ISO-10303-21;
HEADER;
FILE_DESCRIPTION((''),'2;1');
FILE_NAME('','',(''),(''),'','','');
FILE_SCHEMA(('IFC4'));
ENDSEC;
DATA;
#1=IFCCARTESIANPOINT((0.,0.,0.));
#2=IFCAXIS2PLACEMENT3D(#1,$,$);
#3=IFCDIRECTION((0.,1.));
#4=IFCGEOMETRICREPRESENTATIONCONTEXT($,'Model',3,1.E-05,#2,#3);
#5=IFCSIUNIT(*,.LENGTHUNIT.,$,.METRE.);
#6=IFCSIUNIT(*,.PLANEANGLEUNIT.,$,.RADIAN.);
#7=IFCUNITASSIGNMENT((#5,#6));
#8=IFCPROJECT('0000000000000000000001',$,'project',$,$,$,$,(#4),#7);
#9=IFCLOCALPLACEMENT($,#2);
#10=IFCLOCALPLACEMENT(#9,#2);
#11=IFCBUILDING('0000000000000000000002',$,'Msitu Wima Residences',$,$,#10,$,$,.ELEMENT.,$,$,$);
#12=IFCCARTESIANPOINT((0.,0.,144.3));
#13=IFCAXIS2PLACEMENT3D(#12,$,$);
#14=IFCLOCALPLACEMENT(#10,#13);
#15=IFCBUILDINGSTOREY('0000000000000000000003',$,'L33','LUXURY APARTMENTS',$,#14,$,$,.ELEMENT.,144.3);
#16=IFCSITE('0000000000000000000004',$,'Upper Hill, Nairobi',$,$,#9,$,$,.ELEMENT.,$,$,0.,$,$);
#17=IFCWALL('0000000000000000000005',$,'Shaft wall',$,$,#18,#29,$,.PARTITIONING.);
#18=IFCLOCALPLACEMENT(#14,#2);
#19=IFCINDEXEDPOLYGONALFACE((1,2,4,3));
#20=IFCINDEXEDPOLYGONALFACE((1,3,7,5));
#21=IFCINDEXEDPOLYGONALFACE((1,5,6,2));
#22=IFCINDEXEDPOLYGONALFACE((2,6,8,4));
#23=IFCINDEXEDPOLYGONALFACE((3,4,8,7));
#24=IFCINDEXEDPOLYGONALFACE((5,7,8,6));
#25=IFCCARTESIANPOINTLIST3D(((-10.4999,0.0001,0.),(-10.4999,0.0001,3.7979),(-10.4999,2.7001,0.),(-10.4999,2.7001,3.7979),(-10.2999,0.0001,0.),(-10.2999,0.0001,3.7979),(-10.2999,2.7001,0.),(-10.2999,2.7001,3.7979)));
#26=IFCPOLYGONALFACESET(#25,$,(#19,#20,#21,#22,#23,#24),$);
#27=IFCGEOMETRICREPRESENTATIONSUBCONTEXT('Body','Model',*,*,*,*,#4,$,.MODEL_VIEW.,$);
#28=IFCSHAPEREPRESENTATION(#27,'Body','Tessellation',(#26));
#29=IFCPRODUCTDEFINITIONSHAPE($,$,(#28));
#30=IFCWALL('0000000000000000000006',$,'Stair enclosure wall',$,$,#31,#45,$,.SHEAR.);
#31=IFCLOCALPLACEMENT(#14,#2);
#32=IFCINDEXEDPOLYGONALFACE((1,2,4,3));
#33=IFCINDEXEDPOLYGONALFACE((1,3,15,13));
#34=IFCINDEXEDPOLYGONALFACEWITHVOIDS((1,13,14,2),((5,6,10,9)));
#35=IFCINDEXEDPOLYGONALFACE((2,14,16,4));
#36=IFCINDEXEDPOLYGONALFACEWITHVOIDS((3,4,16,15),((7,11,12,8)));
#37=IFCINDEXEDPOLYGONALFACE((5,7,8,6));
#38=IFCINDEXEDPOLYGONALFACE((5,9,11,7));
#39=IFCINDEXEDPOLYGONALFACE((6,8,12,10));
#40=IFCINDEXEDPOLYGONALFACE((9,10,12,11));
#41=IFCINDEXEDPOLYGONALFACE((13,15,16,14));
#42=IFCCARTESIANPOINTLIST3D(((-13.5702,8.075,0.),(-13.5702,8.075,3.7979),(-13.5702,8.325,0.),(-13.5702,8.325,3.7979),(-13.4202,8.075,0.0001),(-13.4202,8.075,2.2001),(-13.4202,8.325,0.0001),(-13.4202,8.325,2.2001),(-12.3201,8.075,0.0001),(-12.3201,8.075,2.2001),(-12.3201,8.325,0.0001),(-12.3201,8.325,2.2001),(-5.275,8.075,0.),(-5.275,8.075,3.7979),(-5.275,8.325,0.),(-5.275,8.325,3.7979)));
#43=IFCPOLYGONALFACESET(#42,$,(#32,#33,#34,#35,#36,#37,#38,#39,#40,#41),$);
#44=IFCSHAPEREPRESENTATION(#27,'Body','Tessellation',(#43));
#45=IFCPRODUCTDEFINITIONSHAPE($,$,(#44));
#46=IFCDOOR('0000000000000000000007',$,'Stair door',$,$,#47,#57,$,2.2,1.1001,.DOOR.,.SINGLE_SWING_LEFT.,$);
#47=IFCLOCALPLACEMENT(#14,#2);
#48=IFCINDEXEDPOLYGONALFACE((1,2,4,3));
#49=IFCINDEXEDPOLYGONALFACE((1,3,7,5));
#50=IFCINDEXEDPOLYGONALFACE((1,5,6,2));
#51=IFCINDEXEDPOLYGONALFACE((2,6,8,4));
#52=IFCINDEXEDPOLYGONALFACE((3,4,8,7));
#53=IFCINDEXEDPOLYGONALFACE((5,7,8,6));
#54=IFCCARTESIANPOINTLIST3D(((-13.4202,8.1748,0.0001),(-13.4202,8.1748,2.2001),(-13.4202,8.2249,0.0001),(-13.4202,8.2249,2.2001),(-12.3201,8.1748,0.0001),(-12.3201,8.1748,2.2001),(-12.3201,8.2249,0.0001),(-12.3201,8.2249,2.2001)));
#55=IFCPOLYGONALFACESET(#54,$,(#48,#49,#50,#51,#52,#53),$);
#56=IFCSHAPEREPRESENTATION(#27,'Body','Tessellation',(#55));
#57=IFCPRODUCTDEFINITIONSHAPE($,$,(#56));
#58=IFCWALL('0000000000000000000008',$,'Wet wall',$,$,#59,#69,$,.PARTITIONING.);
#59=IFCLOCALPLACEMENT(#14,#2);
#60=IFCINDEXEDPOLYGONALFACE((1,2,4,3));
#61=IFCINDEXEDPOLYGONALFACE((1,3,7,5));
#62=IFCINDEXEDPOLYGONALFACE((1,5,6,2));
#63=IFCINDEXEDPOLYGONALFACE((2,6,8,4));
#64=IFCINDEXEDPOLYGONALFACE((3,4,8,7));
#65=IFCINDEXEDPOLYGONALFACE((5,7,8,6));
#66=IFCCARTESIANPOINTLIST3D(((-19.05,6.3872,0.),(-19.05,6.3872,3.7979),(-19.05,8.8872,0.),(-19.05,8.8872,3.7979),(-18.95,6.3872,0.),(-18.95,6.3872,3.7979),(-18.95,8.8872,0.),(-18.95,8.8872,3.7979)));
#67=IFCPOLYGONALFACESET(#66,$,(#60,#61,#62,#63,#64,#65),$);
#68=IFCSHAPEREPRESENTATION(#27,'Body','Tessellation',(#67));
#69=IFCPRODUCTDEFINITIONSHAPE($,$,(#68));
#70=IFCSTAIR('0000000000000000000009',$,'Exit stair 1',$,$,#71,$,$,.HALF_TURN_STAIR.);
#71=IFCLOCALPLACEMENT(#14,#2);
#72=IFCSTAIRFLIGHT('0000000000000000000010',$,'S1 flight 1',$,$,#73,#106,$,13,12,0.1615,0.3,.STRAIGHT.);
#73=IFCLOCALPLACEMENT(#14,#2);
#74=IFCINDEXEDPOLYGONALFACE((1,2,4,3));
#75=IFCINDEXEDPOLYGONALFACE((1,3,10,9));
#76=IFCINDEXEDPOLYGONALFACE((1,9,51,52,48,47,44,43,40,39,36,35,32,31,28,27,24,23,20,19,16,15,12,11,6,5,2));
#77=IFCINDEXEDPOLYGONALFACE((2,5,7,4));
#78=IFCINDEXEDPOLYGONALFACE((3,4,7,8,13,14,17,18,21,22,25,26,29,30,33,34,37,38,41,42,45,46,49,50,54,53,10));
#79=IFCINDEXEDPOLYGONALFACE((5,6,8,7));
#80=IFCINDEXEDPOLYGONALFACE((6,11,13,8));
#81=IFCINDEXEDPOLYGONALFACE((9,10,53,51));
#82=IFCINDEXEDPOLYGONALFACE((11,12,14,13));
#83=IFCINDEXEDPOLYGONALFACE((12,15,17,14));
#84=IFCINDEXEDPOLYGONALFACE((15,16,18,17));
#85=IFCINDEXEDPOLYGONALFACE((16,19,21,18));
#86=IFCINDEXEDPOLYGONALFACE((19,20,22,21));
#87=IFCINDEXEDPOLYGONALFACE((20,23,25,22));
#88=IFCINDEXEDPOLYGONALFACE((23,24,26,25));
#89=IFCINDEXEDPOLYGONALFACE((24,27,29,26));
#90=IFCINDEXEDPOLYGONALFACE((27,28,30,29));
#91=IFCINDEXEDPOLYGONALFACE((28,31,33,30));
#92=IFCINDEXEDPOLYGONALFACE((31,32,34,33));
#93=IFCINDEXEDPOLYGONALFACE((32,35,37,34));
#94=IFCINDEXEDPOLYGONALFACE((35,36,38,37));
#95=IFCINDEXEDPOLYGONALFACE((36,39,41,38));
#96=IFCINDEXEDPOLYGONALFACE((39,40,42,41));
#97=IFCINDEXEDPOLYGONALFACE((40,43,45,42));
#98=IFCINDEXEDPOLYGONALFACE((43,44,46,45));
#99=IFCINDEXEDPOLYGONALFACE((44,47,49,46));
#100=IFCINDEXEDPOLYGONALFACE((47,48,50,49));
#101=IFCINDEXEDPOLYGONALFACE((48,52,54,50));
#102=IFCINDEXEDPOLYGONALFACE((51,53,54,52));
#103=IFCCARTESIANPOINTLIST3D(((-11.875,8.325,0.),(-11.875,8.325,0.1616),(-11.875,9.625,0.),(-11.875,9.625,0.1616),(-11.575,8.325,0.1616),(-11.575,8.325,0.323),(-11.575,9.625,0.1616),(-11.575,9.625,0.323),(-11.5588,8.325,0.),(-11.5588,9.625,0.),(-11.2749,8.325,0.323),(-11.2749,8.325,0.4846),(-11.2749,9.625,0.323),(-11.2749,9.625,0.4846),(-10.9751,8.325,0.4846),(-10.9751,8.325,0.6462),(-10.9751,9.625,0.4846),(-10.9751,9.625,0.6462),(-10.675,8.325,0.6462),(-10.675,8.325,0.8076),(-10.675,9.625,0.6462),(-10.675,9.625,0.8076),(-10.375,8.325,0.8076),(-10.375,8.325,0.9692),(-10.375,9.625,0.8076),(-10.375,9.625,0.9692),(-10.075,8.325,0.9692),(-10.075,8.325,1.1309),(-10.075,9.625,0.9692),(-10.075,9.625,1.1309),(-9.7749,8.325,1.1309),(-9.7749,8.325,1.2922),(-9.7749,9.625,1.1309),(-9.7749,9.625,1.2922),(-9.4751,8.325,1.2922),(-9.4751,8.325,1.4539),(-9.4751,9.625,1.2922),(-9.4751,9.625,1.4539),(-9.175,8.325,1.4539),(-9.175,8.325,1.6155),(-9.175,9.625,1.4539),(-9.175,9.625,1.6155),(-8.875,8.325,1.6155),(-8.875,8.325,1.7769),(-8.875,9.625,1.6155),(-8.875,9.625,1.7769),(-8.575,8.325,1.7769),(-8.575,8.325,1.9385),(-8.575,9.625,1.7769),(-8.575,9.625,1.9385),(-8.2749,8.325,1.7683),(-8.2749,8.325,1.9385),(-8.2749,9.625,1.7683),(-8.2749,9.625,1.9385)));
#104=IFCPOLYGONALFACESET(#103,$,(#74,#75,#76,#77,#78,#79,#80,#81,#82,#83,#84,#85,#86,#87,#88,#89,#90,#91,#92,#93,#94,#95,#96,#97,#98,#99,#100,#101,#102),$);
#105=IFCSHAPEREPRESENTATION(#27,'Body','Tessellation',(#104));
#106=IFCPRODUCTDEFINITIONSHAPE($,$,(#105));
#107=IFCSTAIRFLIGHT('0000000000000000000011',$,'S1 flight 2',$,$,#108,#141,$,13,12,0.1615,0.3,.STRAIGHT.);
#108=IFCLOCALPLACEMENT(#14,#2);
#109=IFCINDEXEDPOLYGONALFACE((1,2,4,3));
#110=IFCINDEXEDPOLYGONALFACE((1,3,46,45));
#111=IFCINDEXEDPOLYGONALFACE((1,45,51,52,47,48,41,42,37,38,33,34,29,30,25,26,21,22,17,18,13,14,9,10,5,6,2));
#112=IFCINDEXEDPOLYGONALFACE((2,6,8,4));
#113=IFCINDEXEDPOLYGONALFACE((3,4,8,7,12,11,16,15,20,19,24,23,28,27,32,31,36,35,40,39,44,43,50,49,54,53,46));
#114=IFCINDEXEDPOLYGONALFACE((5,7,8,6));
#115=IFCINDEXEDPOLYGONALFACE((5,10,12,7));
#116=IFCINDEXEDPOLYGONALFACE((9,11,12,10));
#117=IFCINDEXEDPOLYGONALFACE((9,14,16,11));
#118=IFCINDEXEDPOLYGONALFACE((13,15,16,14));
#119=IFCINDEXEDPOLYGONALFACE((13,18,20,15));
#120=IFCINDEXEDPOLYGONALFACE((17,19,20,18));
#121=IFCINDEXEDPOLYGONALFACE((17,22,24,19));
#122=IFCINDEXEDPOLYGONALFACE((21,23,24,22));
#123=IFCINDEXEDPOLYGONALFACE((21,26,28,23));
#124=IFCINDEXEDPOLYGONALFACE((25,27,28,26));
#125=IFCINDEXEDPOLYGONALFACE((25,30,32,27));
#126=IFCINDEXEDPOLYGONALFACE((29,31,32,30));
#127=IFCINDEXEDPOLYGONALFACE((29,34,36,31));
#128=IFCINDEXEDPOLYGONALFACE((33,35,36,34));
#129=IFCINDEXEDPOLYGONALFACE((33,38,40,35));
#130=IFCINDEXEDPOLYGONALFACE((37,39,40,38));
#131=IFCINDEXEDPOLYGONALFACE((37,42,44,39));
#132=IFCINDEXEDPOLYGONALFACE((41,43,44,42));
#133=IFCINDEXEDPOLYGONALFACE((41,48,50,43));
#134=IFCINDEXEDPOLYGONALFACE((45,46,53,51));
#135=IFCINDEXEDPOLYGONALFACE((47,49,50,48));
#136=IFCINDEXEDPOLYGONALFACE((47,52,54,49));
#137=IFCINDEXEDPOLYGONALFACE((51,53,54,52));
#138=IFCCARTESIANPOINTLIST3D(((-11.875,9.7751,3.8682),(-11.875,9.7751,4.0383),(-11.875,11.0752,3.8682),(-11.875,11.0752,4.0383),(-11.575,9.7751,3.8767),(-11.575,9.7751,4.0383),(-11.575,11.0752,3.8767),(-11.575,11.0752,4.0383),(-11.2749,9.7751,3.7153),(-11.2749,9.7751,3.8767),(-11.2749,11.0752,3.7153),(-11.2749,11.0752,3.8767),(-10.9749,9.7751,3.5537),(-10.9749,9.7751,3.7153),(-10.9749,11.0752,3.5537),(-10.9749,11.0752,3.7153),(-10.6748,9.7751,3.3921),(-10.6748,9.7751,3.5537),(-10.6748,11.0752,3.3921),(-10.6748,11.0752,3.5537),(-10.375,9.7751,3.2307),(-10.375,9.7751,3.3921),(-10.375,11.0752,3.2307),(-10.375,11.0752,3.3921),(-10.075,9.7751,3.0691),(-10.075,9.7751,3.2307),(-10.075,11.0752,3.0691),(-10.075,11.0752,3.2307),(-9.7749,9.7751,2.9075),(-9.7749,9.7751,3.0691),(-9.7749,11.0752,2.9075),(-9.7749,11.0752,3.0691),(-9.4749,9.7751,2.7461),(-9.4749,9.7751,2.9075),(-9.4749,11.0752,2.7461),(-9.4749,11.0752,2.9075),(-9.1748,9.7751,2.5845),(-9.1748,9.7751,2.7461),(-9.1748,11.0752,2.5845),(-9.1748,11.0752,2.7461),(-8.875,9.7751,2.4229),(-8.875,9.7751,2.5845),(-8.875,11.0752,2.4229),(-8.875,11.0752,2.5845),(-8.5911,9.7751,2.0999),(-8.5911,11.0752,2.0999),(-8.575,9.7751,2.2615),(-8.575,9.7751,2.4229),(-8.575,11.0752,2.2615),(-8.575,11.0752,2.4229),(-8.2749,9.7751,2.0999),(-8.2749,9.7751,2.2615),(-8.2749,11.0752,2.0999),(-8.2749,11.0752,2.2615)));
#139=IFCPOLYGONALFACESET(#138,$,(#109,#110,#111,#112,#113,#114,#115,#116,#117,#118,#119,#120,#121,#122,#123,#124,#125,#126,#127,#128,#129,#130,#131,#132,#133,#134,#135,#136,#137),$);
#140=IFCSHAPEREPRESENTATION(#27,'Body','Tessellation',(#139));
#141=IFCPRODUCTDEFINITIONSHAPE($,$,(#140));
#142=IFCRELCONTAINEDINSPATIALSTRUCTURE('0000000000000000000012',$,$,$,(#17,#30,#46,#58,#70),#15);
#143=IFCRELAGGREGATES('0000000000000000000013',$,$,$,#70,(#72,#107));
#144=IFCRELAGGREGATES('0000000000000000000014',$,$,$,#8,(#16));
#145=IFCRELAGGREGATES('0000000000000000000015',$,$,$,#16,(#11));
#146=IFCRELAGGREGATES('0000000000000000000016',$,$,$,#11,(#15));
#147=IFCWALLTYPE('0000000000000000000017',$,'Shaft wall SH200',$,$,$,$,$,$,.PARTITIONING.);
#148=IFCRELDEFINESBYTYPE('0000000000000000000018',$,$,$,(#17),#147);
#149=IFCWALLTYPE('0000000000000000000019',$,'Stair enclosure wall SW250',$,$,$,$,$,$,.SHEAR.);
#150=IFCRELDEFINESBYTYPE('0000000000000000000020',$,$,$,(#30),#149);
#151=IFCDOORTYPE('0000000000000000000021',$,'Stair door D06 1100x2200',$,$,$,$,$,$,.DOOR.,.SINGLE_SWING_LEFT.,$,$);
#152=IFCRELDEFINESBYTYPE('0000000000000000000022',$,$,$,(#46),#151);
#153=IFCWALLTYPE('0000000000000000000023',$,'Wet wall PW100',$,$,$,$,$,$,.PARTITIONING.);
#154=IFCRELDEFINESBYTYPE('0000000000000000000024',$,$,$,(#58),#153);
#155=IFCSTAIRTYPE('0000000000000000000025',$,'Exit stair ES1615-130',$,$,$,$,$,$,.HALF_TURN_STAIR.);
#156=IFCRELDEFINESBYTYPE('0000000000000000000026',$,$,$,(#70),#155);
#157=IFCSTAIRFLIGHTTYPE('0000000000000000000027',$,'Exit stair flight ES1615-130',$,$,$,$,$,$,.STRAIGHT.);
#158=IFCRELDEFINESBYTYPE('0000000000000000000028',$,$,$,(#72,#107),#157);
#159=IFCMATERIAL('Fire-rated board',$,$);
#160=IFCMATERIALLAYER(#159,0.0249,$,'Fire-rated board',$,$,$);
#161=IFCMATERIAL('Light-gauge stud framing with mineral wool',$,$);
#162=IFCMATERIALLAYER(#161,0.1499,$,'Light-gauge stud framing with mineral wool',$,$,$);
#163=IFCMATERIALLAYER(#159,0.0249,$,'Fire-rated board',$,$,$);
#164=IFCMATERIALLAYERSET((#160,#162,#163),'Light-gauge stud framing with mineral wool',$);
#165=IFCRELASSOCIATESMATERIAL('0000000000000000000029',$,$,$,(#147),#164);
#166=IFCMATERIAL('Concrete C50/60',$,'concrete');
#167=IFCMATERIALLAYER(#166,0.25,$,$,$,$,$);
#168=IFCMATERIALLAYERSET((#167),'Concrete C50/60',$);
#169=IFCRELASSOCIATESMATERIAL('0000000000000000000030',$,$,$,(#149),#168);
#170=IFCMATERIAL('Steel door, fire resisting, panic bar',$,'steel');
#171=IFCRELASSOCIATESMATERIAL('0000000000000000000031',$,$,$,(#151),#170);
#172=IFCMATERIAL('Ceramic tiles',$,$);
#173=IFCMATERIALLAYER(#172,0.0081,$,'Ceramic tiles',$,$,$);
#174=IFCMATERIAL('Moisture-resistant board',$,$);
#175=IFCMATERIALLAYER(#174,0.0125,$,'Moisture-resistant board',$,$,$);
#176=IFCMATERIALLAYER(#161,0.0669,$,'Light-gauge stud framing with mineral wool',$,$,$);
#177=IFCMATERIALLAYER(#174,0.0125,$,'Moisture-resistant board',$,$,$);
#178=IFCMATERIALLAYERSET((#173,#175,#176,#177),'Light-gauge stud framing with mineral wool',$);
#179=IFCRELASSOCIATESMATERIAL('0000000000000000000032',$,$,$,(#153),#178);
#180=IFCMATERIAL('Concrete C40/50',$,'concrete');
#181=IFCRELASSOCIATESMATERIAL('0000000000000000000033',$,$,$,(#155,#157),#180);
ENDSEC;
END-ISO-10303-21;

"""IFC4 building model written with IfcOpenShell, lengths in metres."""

from ifc_helpers import new_model, si_unit, direction, frame, frame_2d, origin, place, context, subcontext, project, spatial, polyline, rectangle, outline, extrude, material, layer, layer_set, type_object, element, fill, aggregate, save


model = new_model("IFC4")

# Units and contexts
model_context = context("Model", 3, precision=1e-05, world=origin(), true_north=direction((0.0, 1.0)))
body_context = subcontext(model_context, "Body", "Model", "MODEL_VIEW")
ifc_project = project(units=[si_unit("LENGTHUNIT", "METRE"), si_unit("PLANEANGLEUNIT", "RADIAN")], contexts=[model_context])

# Site, building, storey
site_placement = place(None, origin())
site = spatial("IfcSite", under=ifc_project, at=site_placement, Name="Upper Hill, Nairobi", CompositionType="ELEMENT", RefElevation=0.0)
building_placement = place(site_placement, origin())
building = spatial("IfcBuilding", under=site, at=building_placement, Name="Msitu Wima Residences", CompositionType="ELEMENT")
storey_placement = place(building_placement, frame((0.0, 0.0, 144.3)))
storey = spatial("IfcBuildingStorey", under=building, at=storey_placement, Name="L33", Description="LUXURY APARTMENTS", CompositionType="ELEMENT", Elevation=144.3)

# Shared definitions
ifc_material_1 = material(Name="Fire-rated board")
ifc_layer_1 = layer(ifc_material_1, 0.0249, Name="Fire-rated board")
ifc_material_2 = material(Name="Light-gauge stud framing with mineral wool")
ifc_layer_2 = layer(ifc_material_2, 0.1499, Name="Light-gauge stud framing with mineral wool")
ifc_layer_3 = layer(ifc_material_1, 0.0249, Name="Fire-rated board")
ifc_layer_set_1 = layer_set([ifc_layer_1, ifc_layer_2, ifc_layer_3], Name="Light-gauge stud framing with mineral wool")
wall_type_1 = type_object("IfcWallType", Name="Shaft wall SH200", PredefinedType="PARTITIONING", material=ifc_layer_set_1)

# Wall
wall_1_placement = place(storey_placement, frame((-10.3999, 0.0, 0.0), z_axis=(0.0, 0.0, 1.0), x_axis=(0.0, 1.0, 0.0)))
element("IfcWall", 1, at=wall_1_placement, inside=storey, type_object=wall_type_1, Name="Shaft wall", PredefinedType="PARTITIONING", context=body_context, shape_type="SweptSolid", body=[
    extrude(rectangle(XDim=2.7, YDim=0.2, at=frame_2d((1.3501, 0.0))), origin(), (0.0, 0.0, 1.0), 3.7979),
])

# Wall, opening, door
ifc_material_3 = material(Name="Concrete C50/60", Category="concrete")
ifc_layer_4 = layer(ifc_material_3, 0.25)
ifc_layer_set_2 = layer_set([ifc_layer_4], Name="Concrete C50/60")
wall_type_2 = type_object("IfcWallType", Name="Stair enclosure wall SW250", PredefinedType="SHEAR", material=ifc_layer_set_2)
wall_2_placement = place(storey_placement, frame((-13.5701, 8.2, 0.0), z_axis=(0.0, 0.0, 1.0), x_axis=(1.0, 0.0, 0.0)))
wall_2 = element("IfcWall", 2, at=wall_2_placement, inside=storey, type_object=wall_type_2, Name="Stair enclosure wall", PredefinedType="SHEAR", context=body_context, shape_type="SweptSolid", body=[
    extrude(rectangle(XDim=8.2952, YDim=0.25, at=frame_2d((4.1475, 0.0))), origin(), (0.0, 0.0, 1.0), 3.7979),
])
opening_1_placement = place(wall_2_placement, frame((0.1499, 0.0, 0.0)))
opening_1 = element("IfcOpeningElement", 3, at=opening_1_placement, cuts=wall_2, PredefinedType="OPENING", context=body_context, shape_type="SweptSolid", body=[
    extrude(rectangle(XDim=1.1001, YDim=2.2, at=frame_2d((0.55, 1.1001))), frame((0.0, 0.135, 0.0), z_axis=(0.0, -1.0, 0.0), x_axis=(1.0, 0.0, 0.0)), (0.0, 0.0, 1.0), 0.27),
])
ifc_material_4 = material(Name="Steel door, fire resisting, panic bar", Category="steel")
door_type_1 = type_object("IfcDoorType", Name="Stair door D06 1100x2200", OperationType="SINGLE_SWING_LEFT", PredefinedType="DOOR", material=ifc_material_4)
door_1_placement = place(opening_1_placement, origin())
door_1 = element("IfcDoor", 4, at=door_1_placement, inside=storey, type_object=door_type_1, Name="Stair door", OperationType="SINGLE_SWING_LEFT", OverallHeight=2.2, OverallWidth=1.1001, PredefinedType="DOOR", context=body_context, shape_type="SweptSolid", body=[
    extrude(rectangle(XDim=1.1001, YDim=2.2, at=frame_2d((0.55, 1.1001))), frame((0.0, 0.0249, 0.0), z_axis=(0.0, -1.0, 0.0), x_axis=(1.0, 0.0, 0.0)), (0.0, 0.0, 1.0), 0.05),
])
fill(opening_1, door_1)

# Wall
ifc_material_5 = material(Name="Ceramic tiles")
ifc_layer_5 = layer(ifc_material_5, 0.0081, Name="Ceramic tiles")
ifc_material_6 = material(Name="Moisture-resistant board")
ifc_layer_6 = layer(ifc_material_6, 0.0125, Name="Moisture-resistant board")
ifc_layer_7 = layer(ifc_material_2, 0.0669, Name="Light-gauge stud framing with mineral wool")
ifc_layer_8 = layer(ifc_material_6, 0.0125, Name="Moisture-resistant board")
ifc_layer_set_3 = layer_set([ifc_layer_5, ifc_layer_6, ifc_layer_7, ifc_layer_8], Name="Light-gauge stud framing with mineral wool")
wall_type_3 = type_object("IfcWallType", Name="Wet wall PW100", PredefinedType="PARTITIONING", material=ifc_layer_set_3)
wall_3_placement = place(storey_placement, frame((-19.0, 6.3872, 0.0), z_axis=(0.0, 0.0, 1.0), x_axis=(0.0, 1.0, 0.0)))
element("IfcWall", 5, at=wall_3_placement, inside=storey, type_object=wall_type_3, Name="Wet wall", PredefinedType="PARTITIONING", context=body_context, shape_type="SweptSolid", body=[
    extrude(rectangle(XDim=2.5, YDim=0.1001, at=frame_2d((1.25, 0.0))), origin(), (0.0, 0.0, 1.0), 3.7979),
])

# Stair, stair flights
ifc_material_7 = material(Name="Concrete C40/50", Category="concrete")
stair_type = type_object("IfcStairType", Name="Exit stair ES1615-130", PredefinedType="HALF_TURN_STAIR", material=ifc_material_7)
stair_placement = place(storey_placement, origin())
stair = element("IfcStair", 6, at=stair_placement, inside=storey, type_object=stair_type, Name="Exit stair 1", PredefinedType="HALF_TURN_STAIR")
stair_flight_type = type_object("IfcStairFlightType", Name="Exit stair flight ES1615-130", PredefinedType="STRAIGHT", material=ifc_material_7)
stair_flight_1_placement = place(storey_placement, frame((-11.875, 8.9751, 0.0), z_axis=(0.0, 0.0, 1.0), x_axis=(1.0, 0.0, 0.0)))
stair_flight_1 = element("IfcStairFlight", 7, at=stair_flight_1_placement, type_object=stair_flight_type, Name="S1 flight 1", NumberOfRisers=13, NumberOfTreads=12, PredefinedType="STRAIGHT", RiserHeight=0.1615, TreadLength=0.3, context=body_context, shape_type="SweptSolid", body=[
    extrude(outline(polyline([(0.0, 0.0), (0.0, 0.1616), (0.3, 0.1616), (0.3, 0.323), (0.6001, 0.323), (0.6001, 0.4846), (0.8999, 0.4846), (0.8999, 0.6462), (1.2, 0.6462), (1.2, 0.8076), (1.5, 0.8076), (1.5, 0.9692), (1.8, 0.9692), (1.8, 1.1309), (2.1001, 1.1309), (2.1001, 1.2922), (2.3999, 1.2922), (2.3999, 1.4539), (2.7, 1.4539), (2.7, 1.6155), (3.0, 1.6155), (3.0, 1.7769), (3.3, 1.7769), (3.3, 1.9385), (3.6001, 1.9385), (3.6001, 2.1001), (3.6001, 1.7683), (0.3162, 0.0), (0.0, 0.0)])), frame((0.0, 0.6499, 0.0), z_axis=(0.0, -1.0, 0.0), x_axis=(1.0, 0.0, 0.0)), (0.0, 0.0, 1.0), 1.3),
])
stair_flight_2_placement = place(storey_placement, frame((-8.2749, 10.425, 2.0999), z_axis=(0.0, 0.0, 1.0), x_axis=(-1.0, 0.0, 0.0)))
stair_flight_2 = element("IfcStairFlight", 8, at=stair_flight_2_placement, type_object=stair_flight_type, Name="S1 flight 2", NumberOfRisers=13, NumberOfTreads=12, PredefinedType="STRAIGHT", RiserHeight=0.1615, TreadLength=0.3, context=body_context, shape_type="SweptSolid", body=[
    extrude(outline(polyline([(0.0, 0.0), (0.0, 0.1616), (0.3, 0.1616), (0.3, 0.323), (0.6001, 0.323), (0.6001, 0.4846), (0.8999, 0.4846), (0.8999, 0.6462), (1.2, 0.6462), (1.2, 0.8076), (1.5, 0.8076), (1.5, 0.9692), (1.8, 0.9692), (1.8, 1.1309), (2.1001, 1.1309), (2.1001, 1.2922), (2.3999, 1.2922), (2.3999, 1.4539), (2.7, 1.4539), (2.7, 1.6155), (3.0, 1.6155), (3.0, 1.7769), (3.3, 1.7769), (3.3, 1.9385), (3.6001, 1.9385), (3.6001, 2.1001), (3.6001, 1.7683), (0.3162, 0.0), (0.0, 0.0)])), frame((0.0, 0.6499, 0.0), z_axis=(0.0, -1.0, 0.0), x_axis=(1.0, 0.0, 0.0)), (0.0, 0.0, 1.0), 1.3),
])
aggregate(stair, [stair_flight_1, stair_flight_2])

save(model, "model.ifc")
